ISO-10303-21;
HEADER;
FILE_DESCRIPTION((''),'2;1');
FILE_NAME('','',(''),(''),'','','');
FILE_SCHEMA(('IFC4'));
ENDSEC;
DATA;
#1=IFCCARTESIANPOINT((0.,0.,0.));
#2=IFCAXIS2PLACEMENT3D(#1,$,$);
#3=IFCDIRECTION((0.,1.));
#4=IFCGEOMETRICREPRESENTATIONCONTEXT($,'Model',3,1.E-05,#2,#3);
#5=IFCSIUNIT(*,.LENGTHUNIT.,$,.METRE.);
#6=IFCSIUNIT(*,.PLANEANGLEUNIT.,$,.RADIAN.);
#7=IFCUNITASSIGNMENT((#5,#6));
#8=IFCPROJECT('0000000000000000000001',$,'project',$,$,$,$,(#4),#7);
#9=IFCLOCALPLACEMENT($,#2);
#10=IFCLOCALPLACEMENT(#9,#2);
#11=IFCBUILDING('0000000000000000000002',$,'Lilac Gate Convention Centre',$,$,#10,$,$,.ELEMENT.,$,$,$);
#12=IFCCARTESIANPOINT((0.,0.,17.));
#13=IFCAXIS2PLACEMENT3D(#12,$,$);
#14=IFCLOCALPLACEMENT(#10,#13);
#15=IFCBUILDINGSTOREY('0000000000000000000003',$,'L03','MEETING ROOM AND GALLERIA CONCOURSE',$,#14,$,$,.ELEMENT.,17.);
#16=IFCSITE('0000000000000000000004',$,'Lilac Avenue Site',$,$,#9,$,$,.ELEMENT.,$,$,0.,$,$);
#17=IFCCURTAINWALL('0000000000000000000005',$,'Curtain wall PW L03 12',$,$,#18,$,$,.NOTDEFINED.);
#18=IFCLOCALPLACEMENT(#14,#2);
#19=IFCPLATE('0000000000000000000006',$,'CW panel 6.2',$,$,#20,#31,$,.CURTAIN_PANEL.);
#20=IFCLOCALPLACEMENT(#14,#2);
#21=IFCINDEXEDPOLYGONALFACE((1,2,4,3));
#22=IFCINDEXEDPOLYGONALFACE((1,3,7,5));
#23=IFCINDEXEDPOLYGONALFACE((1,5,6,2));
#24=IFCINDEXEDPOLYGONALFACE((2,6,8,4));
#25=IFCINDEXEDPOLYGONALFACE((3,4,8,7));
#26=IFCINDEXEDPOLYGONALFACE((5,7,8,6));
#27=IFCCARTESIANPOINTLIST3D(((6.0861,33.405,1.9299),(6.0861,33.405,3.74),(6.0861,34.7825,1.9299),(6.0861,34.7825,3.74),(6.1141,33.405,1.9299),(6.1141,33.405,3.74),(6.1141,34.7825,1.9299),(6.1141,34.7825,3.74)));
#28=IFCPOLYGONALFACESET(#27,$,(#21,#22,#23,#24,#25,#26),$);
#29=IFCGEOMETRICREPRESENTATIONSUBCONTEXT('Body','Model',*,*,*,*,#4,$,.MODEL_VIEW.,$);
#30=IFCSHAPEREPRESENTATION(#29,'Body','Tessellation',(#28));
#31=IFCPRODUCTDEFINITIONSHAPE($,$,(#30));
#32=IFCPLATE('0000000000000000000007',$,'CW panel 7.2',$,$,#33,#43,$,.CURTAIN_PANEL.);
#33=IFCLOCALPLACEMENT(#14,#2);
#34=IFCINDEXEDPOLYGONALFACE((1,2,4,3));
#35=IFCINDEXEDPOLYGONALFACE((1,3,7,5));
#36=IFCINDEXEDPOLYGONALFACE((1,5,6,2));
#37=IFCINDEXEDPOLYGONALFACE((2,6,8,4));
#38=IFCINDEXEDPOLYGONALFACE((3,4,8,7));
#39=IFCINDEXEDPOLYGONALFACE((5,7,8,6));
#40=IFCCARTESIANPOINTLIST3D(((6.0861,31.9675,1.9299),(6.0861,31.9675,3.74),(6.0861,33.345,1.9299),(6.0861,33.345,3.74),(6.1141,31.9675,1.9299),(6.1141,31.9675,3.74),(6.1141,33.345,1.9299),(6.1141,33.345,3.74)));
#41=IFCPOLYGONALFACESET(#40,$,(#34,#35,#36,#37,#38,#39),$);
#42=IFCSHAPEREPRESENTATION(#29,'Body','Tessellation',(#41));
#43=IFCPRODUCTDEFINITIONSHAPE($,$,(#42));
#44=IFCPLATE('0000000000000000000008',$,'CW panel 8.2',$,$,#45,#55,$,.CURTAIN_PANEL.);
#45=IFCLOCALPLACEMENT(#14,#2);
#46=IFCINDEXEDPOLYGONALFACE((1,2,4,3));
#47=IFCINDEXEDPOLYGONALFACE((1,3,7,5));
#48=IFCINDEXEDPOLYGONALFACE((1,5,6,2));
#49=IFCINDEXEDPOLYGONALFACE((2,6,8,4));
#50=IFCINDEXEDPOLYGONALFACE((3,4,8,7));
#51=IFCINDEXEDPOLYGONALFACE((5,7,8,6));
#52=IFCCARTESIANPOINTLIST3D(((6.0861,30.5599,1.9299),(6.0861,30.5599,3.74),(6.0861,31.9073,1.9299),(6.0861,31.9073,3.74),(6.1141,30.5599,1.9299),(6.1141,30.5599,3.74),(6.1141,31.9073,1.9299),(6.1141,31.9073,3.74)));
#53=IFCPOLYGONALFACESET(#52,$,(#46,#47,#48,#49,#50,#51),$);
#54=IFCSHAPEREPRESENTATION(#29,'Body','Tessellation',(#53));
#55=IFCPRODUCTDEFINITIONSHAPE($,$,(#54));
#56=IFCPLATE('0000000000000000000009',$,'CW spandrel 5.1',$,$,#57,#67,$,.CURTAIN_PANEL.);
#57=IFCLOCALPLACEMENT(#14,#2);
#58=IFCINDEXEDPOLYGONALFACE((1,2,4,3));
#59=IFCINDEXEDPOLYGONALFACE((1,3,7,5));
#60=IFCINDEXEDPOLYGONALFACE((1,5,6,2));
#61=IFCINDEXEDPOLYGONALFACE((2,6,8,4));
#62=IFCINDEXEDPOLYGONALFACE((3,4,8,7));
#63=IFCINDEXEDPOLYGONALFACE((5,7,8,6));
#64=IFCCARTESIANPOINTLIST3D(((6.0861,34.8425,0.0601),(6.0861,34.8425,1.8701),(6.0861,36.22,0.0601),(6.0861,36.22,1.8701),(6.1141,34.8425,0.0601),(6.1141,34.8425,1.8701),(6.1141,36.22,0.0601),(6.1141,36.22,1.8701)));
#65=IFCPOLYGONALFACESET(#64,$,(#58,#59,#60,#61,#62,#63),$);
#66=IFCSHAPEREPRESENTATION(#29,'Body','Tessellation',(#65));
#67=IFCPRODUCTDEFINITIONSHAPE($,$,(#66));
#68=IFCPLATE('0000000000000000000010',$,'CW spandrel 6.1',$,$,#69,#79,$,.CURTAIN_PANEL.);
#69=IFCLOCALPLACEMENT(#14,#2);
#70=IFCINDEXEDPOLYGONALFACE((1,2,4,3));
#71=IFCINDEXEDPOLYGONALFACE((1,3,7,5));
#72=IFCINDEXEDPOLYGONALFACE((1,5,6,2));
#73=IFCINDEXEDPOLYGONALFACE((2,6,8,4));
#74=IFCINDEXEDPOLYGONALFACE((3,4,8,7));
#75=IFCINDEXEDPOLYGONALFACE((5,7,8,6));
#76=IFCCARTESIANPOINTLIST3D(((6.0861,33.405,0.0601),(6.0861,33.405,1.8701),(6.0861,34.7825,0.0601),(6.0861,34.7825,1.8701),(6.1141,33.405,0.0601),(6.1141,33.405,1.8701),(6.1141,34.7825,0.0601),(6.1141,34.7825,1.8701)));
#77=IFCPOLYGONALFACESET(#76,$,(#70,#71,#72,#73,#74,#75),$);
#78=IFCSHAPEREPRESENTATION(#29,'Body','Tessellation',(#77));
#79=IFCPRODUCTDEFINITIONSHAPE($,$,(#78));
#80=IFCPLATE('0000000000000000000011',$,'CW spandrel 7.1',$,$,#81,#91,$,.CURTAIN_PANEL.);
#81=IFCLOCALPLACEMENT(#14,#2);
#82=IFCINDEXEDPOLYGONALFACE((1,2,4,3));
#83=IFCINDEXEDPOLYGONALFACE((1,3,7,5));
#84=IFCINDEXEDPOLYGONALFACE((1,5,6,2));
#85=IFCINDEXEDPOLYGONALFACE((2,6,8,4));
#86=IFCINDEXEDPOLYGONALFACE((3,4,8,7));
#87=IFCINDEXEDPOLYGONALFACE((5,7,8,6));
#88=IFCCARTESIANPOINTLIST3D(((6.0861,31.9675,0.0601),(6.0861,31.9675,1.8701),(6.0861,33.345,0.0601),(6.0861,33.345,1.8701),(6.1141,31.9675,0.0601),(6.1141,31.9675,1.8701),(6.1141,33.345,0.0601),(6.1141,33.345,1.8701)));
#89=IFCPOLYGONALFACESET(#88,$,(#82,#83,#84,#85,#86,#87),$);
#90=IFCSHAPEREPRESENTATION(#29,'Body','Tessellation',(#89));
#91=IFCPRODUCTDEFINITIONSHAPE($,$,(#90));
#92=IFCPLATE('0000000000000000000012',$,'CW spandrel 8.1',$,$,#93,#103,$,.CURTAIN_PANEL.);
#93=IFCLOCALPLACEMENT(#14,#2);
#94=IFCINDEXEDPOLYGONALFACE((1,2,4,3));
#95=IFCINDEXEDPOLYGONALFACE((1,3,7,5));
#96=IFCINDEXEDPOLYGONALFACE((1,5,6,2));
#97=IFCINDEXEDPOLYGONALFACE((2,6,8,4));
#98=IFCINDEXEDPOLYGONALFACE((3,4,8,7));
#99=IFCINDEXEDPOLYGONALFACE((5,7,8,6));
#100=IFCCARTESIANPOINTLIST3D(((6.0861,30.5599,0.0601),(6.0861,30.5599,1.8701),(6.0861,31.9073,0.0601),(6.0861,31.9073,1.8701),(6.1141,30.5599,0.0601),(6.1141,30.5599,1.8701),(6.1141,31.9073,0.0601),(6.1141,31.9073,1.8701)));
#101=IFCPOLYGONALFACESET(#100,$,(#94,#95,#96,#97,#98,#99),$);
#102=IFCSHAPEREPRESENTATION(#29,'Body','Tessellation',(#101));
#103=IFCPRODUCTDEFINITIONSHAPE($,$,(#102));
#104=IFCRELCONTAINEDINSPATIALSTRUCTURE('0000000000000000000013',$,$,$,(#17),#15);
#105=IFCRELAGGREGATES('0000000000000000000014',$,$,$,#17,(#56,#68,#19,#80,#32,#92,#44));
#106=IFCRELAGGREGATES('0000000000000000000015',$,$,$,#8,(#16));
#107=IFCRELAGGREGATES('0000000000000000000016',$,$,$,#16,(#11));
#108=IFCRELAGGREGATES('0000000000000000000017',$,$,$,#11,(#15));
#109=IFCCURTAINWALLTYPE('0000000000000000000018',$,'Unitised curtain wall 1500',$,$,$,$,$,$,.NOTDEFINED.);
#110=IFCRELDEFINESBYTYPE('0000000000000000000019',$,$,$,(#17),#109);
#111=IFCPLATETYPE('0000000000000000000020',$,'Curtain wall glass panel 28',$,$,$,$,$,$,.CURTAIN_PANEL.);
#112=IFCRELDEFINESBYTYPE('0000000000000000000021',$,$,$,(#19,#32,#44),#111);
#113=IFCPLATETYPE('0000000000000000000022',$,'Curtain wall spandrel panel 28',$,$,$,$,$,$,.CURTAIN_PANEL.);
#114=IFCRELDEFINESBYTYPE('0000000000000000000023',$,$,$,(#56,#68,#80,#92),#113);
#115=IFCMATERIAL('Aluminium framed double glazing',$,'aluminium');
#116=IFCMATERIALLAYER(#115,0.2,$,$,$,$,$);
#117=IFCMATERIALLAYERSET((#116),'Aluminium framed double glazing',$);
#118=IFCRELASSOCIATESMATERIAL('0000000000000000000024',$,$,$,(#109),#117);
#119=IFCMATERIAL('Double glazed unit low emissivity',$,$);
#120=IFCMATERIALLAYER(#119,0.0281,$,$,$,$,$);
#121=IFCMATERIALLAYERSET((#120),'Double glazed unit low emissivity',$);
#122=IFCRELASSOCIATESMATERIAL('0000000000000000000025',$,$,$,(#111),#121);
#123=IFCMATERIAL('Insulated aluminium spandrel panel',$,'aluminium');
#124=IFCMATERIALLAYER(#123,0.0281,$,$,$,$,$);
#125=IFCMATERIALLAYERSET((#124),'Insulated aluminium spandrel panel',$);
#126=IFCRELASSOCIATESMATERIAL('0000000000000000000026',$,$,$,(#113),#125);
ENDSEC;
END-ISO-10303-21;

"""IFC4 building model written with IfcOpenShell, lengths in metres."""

from ifc_helpers import new_model, si_unit, direction, frame, origin, origin_2d, place, context, subcontext, project, spatial, rectangle, extrude, material, layer, layer_set, type_object, element, aggregate, save


model = new_model("IFC4")

# Units and contexts
model_context = context("Model", 3, precision=1e-05, world=origin(), true_north=direction((0.0, 1.0)))
body_context = subcontext(model_context, "Body", "Model", "MODEL_VIEW")
ifc_project = project(units=[si_unit("LENGTHUNIT", "METRE"), si_unit("PLANEANGLEUNIT", "RADIAN")], contexts=[model_context])

# Site, building, storey
site_placement = place(None, origin())
site = spatial("IfcSite", under=ifc_project, at=site_placement, Name="Lilac Avenue Site", CompositionType="ELEMENT", RefElevation=0.0)
building_placement = place(site_placement, origin())
building = spatial("IfcBuilding", under=site, at=building_placement, Name="Lilac Gate Convention Centre", CompositionType="ELEMENT")
storey_placement = place(building_placement, frame((0.0, 0.0, 17.0)))
storey = spatial("IfcBuildingStorey", under=building, at=storey_placement, Name="L03", Description="MEETING ROOM AND GALLERIA CONCOURSE", CompositionType="ELEMENT", Elevation=17.0)

# Curtain wall
ifc_material_1 = material(Name="Aluminium framed double glazing", Category="aluminium")
ifc_layer_1 = layer(ifc_material_1, 0.2)
ifc_layer_set_1 = layer_set([ifc_layer_1], Name="Aluminium framed double glazing")
curtain_wall_type = type_object("IfcCurtainWallType", Name="Unitised curtain wall 1500", PredefinedType="NOTDEFINED", material=ifc_layer_set_1)
curtain_wall_placement = place(storey_placement, origin())
curtain_wall = element("IfcCurtainWall", 1, at=curtain_wall_placement, inside=storey, type_object=curtain_wall_type, Name="Curtain wall PW L03 12", PredefinedType="NOTDEFINED")

# Plates
ifc_material_2 = material(Name="Double glazed unit low emissivity")
ifc_layer_2 = layer(ifc_material_2, 0.0281)
ifc_layer_set_2 = layer_set([ifc_layer_2], Name="Double glazed unit low emissivity")
plate_type_1 = type_object("IfcPlateType", Name="Curtain wall glass panel 28", PredefinedType="CURTAIN_PANEL", material=ifc_layer_set_2)
plate_1_placement = place(storey_placement, frame((6.1001, 34.0938, 1.9299), z_axis=(0.0, 0.0, 1.0), x_axis=(0.0, -1.0, 0.0)))
plate_1 = element("IfcPlate", 2, at=plate_1_placement, type_object=plate_type_1, Name="CW panel 6.2", PredefinedType="CURTAIN_PANEL", context=body_context, shape_type="SweptSolid", body=[
    extrude(rectangle(XDim=1.3774, YDim=0.0281, at=origin_2d()), origin(), (0.0, 0.0, 1.0), 1.8101),
])
plate_2_placement = place(storey_placement, frame((6.1001, 32.6562, 1.9299), z_axis=(0.0, 0.0, 1.0), x_axis=(0.0, -1.0, 0.0)))
plate_2 = element("IfcPlate", 3, at=plate_2_placement, type_object=plate_type_1, Name="CW panel 7.2", PredefinedType="CURTAIN_PANEL", context=body_context, shape_type="SweptSolid", body=[
    extrude(rectangle(XDim=1.3774, YDim=0.0281, at=origin_2d()), origin(), (0.0, 0.0, 1.0), 1.8101),
])
plate_3_placement = place(storey_placement, frame((6.1001, 31.2336, 1.9299), z_axis=(0.0, 0.0, 1.0), x_axis=(0.0, -1.0, 0.0)))
plate_3 = element("IfcPlate", 4, at=plate_3_placement, type_object=plate_type_1, Name="CW panel 8.2", PredefinedType="CURTAIN_PANEL", context=body_context, shape_type="SweptSolid", body=[
    extrude(rectangle(XDim=1.3474, YDim=0.0281, at=origin_2d()), origin(), (0.0, 0.0, 1.0), 1.8101),
])
ifc_material_3 = material(Name="Insulated aluminium spandrel panel", Category="aluminium")
ifc_layer_3 = layer(ifc_material_3, 0.0281)
ifc_layer_set_3 = layer_set([ifc_layer_3], Name="Insulated aluminium spandrel panel")
plate_type_2 = type_object("IfcPlateType", Name="Curtain wall spandrel panel 28", PredefinedType="CURTAIN_PANEL", material=ifc_layer_set_3)
plate_4_placement = place(storey_placement, frame((6.1001, 35.5312, 0.0601), z_axis=(0.0, 0.0, 1.0), x_axis=(0.0, -1.0, 0.0)))
plate_4 = element("IfcPlate", 5, at=plate_4_placement, type_object=plate_type_2, Name="CW spandrel 5.1", PredefinedType="CURTAIN_PANEL", context=body_context, shape_type="SweptSolid", body=[
    extrude(rectangle(XDim=1.3774, YDim=0.0281, at=origin_2d()), origin(), (0.0, 0.0, 1.0), 1.8101),
])
plate_5_placement = place(storey_placement, frame((6.1001, 34.0938, 0.0601), z_axis=(0.0, 0.0, 1.0), x_axis=(0.0, -1.0, 0.0)))
plate_5 = element("IfcPlate", 6, at=plate_5_placement, type_object=plate_type_2, Name="CW spandrel 6.1", PredefinedType="CURTAIN_PANEL", context=body_context, shape_type="SweptSolid", body=[
    extrude(rectangle(XDim=1.3774, YDim=0.0281, at=origin_2d()), origin(), (0.0, 0.0, 1.0), 1.8101),
])
plate_6_placement = place(storey_placement, frame((6.1001, 32.6562, 0.0601), z_axis=(0.0, 0.0, 1.0), x_axis=(0.0, -1.0, 0.0)))
plate_6 = element("IfcPlate", 7, at=plate_6_placement, type_object=plate_type_2, Name="CW spandrel 7.1", PredefinedType="CURTAIN_PANEL", context=body_context, shape_type="SweptSolid", body=[
    extrude(rectangle(XDim=1.3774, YDim=0.0281, at=origin_2d()), origin(), (0.0, 0.0, 1.0), 1.8101),
])
plate_7_placement = place(storey_placement, frame((6.1001, 31.2336, 0.0601), z_axis=(0.0, 0.0, 1.0), x_axis=(0.0, -1.0, 0.0)))
plate_7 = element("IfcPlate", 8, at=plate_7_placement, type_object=plate_type_2, Name="CW spandrel 8.1", PredefinedType="CURTAIN_PANEL", context=body_context, shape_type="SweptSolid", body=[
    extrude(rectangle(XDim=1.3474, YDim=0.0281, at=origin_2d()), origin(), (0.0, 0.0, 1.0), 1.8101),
])
aggregate(curtain_wall, [plate_4, plate_5, plate_1, plate_6, plate_2, plate_7, plate_3])

save(model, "model.ifc")
